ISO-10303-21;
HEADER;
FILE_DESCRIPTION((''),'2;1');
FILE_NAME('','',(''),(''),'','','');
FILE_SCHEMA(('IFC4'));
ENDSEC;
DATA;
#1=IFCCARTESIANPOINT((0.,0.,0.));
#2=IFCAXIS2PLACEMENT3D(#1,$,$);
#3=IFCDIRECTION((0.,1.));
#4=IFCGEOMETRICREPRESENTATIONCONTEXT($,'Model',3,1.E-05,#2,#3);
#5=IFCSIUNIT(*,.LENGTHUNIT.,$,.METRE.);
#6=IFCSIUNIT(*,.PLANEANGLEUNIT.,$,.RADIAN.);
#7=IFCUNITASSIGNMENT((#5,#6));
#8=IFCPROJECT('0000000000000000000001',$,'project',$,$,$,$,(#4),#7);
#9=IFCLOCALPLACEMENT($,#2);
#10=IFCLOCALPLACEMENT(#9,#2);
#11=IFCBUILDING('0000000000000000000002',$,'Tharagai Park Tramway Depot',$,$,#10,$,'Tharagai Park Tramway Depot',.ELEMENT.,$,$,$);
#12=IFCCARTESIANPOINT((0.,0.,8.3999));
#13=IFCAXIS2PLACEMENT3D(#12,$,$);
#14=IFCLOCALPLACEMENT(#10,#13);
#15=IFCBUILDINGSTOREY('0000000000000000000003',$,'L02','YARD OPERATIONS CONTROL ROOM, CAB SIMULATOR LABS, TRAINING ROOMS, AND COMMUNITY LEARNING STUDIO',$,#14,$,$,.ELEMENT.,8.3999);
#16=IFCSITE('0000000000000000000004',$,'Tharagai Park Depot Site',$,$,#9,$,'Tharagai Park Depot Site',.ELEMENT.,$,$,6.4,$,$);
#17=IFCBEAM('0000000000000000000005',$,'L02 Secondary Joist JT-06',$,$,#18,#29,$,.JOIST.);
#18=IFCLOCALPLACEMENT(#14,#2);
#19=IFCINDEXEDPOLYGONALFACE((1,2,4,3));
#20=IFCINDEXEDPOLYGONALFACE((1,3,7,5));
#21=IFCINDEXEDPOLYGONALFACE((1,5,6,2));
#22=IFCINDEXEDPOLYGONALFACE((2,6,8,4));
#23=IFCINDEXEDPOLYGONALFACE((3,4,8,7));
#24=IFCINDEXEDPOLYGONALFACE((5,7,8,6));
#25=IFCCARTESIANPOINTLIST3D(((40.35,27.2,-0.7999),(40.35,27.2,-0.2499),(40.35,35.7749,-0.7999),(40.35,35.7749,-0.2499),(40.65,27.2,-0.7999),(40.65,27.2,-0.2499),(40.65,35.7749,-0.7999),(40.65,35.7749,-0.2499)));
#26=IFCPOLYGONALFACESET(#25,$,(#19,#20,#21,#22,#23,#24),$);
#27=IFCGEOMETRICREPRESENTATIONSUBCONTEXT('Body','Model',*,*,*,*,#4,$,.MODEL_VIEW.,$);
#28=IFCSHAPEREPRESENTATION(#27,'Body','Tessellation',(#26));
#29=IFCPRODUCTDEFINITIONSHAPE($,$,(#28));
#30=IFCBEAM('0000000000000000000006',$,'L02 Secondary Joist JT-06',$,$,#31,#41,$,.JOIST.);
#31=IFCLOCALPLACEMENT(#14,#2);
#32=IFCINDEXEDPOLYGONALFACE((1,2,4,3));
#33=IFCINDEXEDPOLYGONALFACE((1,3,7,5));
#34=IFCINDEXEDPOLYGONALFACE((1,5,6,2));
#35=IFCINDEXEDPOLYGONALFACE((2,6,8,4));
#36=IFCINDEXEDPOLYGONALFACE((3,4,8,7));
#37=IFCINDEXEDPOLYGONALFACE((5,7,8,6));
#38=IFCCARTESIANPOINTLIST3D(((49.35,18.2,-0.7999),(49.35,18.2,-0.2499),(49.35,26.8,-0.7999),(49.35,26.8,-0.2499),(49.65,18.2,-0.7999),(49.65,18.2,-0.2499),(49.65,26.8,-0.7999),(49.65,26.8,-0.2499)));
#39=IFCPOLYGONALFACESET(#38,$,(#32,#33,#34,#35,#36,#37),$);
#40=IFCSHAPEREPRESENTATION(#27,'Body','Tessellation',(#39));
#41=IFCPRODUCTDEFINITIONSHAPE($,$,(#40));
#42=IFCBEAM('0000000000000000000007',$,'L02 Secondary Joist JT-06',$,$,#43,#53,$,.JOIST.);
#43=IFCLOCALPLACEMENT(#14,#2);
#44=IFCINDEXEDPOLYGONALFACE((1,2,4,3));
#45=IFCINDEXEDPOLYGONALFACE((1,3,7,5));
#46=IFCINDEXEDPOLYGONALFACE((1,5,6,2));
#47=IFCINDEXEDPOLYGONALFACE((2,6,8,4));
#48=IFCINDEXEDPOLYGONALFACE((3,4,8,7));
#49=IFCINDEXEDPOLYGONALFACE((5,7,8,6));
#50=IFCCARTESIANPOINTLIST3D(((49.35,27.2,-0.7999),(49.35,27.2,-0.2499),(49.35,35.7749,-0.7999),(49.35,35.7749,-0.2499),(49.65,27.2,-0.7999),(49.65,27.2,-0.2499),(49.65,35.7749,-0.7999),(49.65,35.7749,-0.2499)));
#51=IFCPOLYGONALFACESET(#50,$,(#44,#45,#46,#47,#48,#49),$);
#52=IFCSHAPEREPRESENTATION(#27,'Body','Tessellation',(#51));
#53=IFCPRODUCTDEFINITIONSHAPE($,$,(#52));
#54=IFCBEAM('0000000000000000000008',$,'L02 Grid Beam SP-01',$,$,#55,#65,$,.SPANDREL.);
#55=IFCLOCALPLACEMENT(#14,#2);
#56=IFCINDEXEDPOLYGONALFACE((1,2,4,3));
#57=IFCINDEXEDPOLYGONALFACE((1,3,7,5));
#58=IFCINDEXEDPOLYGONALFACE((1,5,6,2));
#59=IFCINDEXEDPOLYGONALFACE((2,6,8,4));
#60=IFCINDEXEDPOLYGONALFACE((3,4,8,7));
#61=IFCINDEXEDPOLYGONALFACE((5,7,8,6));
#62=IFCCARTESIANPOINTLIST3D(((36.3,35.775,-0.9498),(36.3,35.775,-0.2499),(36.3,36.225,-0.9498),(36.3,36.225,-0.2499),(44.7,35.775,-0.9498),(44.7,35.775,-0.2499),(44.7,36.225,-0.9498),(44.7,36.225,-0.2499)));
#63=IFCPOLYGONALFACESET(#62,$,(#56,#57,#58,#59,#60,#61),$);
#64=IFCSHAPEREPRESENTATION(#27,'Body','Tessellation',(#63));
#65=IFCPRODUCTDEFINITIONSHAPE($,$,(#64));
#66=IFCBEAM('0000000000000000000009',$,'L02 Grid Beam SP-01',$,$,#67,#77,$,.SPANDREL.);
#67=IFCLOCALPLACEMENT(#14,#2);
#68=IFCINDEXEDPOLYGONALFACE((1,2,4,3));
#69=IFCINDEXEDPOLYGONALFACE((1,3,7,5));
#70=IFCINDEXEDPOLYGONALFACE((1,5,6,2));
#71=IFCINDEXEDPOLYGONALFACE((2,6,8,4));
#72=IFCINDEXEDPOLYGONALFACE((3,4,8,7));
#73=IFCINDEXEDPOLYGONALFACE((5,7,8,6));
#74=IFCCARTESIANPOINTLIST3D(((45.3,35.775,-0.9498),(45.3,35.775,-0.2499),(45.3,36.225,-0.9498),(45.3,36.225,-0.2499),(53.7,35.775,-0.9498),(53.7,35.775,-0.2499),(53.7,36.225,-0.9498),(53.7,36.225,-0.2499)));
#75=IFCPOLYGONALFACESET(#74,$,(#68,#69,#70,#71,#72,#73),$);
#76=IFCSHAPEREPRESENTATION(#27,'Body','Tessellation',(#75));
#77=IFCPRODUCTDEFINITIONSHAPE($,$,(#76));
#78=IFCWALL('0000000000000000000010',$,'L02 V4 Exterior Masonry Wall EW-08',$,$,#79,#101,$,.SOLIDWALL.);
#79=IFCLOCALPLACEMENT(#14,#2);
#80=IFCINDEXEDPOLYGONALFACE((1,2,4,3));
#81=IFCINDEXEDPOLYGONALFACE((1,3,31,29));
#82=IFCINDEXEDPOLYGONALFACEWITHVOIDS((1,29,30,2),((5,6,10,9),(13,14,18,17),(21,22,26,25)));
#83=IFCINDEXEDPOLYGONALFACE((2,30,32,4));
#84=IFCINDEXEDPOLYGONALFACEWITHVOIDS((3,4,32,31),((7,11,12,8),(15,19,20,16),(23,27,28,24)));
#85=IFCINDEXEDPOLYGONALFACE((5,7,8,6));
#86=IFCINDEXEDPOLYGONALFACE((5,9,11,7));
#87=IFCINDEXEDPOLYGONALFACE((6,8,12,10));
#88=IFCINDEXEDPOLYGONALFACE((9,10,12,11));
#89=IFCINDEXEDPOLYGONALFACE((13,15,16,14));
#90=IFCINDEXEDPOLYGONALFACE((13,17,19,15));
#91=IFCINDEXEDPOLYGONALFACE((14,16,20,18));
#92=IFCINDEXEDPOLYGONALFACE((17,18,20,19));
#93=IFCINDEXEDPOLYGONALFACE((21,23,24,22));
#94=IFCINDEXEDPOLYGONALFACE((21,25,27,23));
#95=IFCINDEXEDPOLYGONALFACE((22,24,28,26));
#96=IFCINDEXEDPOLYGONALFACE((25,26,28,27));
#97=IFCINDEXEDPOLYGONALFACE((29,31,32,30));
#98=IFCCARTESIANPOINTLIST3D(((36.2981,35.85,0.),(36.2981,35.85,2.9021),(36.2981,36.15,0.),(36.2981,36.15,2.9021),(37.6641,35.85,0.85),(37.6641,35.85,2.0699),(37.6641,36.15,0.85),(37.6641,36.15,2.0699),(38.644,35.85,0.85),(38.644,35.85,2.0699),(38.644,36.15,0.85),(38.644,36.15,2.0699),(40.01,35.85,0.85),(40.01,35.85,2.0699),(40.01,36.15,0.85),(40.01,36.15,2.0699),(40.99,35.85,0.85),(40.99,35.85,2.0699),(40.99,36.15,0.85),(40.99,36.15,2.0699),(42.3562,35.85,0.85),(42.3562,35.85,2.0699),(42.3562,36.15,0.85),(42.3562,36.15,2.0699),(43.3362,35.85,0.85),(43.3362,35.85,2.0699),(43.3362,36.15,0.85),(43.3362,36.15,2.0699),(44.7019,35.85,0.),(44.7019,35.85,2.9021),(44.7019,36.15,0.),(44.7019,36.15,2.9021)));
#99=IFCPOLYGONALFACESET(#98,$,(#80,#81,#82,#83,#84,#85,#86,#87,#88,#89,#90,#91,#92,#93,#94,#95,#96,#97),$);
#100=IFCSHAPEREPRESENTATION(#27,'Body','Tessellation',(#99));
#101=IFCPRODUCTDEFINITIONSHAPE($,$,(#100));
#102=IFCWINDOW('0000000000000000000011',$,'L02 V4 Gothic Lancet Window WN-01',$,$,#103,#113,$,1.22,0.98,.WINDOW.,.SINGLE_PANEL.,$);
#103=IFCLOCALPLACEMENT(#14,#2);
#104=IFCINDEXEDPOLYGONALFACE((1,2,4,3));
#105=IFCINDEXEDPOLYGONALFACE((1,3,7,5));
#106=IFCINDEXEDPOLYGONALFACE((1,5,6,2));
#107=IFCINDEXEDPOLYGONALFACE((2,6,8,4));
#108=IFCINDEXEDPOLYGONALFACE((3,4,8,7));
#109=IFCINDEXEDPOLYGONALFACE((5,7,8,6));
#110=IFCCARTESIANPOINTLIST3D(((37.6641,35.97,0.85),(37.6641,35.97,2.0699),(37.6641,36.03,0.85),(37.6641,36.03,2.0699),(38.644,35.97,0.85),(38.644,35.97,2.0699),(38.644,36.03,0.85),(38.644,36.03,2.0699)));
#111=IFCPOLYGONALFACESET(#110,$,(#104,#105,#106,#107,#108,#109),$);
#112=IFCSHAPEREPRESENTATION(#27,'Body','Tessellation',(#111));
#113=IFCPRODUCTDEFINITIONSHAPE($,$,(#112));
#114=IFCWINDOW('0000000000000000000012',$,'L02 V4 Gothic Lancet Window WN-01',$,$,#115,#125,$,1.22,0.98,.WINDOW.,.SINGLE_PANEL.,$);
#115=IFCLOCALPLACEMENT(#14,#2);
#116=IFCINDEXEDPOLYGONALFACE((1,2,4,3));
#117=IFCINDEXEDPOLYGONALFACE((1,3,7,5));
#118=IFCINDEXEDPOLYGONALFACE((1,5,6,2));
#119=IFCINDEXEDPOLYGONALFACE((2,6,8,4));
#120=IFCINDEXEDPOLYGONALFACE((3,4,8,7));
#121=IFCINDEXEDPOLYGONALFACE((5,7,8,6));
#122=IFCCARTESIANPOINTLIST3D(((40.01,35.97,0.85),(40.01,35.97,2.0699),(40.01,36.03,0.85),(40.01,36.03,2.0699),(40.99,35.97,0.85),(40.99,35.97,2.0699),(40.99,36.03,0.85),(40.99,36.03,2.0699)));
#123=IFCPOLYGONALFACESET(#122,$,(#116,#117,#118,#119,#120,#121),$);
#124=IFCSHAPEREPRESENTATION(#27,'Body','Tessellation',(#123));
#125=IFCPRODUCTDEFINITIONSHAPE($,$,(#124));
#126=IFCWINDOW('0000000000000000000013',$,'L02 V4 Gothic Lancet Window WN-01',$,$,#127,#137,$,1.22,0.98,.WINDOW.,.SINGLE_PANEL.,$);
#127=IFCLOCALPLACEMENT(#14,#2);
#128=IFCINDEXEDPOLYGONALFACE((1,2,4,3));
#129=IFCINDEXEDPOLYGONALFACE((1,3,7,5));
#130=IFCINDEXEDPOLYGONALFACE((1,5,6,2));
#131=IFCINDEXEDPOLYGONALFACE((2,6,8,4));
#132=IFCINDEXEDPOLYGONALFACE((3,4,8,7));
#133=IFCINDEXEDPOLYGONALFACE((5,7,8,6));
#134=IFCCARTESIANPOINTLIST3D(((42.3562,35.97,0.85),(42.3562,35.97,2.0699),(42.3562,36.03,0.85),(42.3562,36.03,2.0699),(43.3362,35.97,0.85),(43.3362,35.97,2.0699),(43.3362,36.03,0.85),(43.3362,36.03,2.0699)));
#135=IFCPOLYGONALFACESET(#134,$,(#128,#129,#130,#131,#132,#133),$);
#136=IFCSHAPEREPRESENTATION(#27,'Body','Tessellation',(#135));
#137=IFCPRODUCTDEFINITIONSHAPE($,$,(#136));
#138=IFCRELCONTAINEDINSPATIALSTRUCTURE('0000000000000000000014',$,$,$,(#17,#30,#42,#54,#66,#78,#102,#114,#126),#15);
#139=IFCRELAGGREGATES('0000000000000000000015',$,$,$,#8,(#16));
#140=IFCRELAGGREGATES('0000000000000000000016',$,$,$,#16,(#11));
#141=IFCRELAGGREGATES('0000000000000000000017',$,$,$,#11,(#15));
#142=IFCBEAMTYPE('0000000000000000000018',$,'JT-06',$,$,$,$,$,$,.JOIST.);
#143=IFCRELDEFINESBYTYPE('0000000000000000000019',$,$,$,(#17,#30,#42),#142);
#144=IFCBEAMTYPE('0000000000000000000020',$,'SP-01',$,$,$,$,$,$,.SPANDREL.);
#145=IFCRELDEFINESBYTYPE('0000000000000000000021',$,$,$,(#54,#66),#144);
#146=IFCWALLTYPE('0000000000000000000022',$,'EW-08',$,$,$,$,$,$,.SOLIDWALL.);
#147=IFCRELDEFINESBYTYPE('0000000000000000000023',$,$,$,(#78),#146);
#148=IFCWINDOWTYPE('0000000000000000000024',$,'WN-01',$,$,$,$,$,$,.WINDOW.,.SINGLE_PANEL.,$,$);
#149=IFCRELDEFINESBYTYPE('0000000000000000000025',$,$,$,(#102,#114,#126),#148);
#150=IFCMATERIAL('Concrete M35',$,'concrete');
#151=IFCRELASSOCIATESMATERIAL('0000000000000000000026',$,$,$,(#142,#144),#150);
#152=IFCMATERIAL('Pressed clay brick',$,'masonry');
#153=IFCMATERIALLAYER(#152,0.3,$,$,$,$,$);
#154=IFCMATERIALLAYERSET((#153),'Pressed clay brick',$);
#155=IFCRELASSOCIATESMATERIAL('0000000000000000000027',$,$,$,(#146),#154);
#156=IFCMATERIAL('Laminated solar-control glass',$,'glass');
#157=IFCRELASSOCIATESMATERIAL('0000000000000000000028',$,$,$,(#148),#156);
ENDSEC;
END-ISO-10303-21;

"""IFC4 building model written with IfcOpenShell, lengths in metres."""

from ifc_helpers import new_model, si_unit, direction, frame, frame_2d, origin, origin_2d, place, context, subcontext, project, spatial, rectangle, extrude, material, layer, layer_set, material_profile, profile_set, type_object, element, fill, save


model = new_model("IFC4")

# Units and contexts
model_context = context("Model", 3, precision=1e-05, world=origin(), true_north=direction((0.0, 1.0)))
body_context = subcontext(model_context, "Body", "Model", "MODEL_VIEW")
ifc_project = project(units=[si_unit("LENGTHUNIT", "METRE"), si_unit("PLANEANGLEUNIT", "RADIAN")], contexts=[model_context])

# Site, building, storey
site_placement = place(None, origin())
site = spatial("IfcSite", under=ifc_project, at=site_placement, Name="Tharagai Park Depot Site", LongName="Tharagai Park Depot Site", CompositionType="ELEMENT", RefElevation=6.4)
building_placement = place(site_placement, origin())
building = spatial("IfcBuilding", under=site, at=building_placement, Name="Tharagai Park Tramway Depot", LongName="Tharagai Park Tramway Depot", CompositionType="ELEMENT")
storey_placement = place(building_placement, frame((0.0, 0.0, 8.3999)))
storey = spatial("IfcBuildingStorey", under=building, at=storey_placement, Name="L02", Description="YARD OPERATIONS CONTROL ROOM, CAB SIMULATOR LABS, TRAINING ROOMS, AND COMMUNITY LEARNING STUDIO", CompositionType="ELEMENT", Elevation=8.3999)

# Beams
ifc_material_1 = material(Name="Concrete M35", Category="concrete")
ifc_material_profile_1 = material_profile(ifc_material_1, rectangle(XDim=0.3, YDim=0.55, at=origin_2d()), Name="RC 300x550")
ifc_profile_set_1 = profile_set([ifc_material_profile_1], Name="Concrete M35")
beam_type_1 = type_object("IfcBeamType", Name="JT-06", PredefinedType="JOIST", material=ifc_profile_set_1)
beam_1_placement = place(storey_placement, frame((40.5, 27.2, -0.5249), z_axis=(0.0, 1.0, 0.0), x_axis=(-1.0, 0.0, 0.0)))
element("IfcBeam", 1, at=beam_1_placement, inside=storey, type_object=beam_type_1, Name="L02 Secondary Joist JT-06", PredefinedType="JOIST", context=body_context, shape_type="SweptSolid", body=[
    extrude(rectangle(XDim=0.3, YDim=0.55, at=origin_2d()), origin(), (0.0, 0.0, 1.0), 8.575),
])
beam_2_placement = place(storey_placement, frame((49.5, 18.2, -0.5249), z_axis=(0.0, 1.0, 0.0), x_axis=(-1.0, 0.0, 0.0)))
element("IfcBeam", 2, at=beam_2_placement, inside=storey, type_object=beam_type_1, Name="L02 Secondary Joist JT-06", PredefinedType="JOIST", context=body_context, shape_type="SweptSolid", body=[
    extrude(rectangle(XDim=0.3, YDim=0.55, at=origin_2d()), origin(), (0.0, 0.0, 1.0), 8.6001),
])
beam_3_placement = place(storey_placement, frame((49.5, 27.2, -0.5249), z_axis=(0.0, 1.0, 0.0), x_axis=(-1.0, 0.0, 0.0)))
element("IfcBeam", 3, at=beam_3_placement, inside=storey, type_object=beam_type_1, Name="L02 Secondary Joist JT-06", PredefinedType="JOIST", context=body_context, shape_type="SweptSolid", body=[
    extrude(rectangle(XDim=0.3, YDim=0.55, at=origin_2d()), origin(), (0.0, 0.0, 1.0), 8.575),
])
ifc_material_profile_2 = material_profile(ifc_material_1, rectangle(XDim=0.45, YDim=0.7, at=origin_2d()), Name="RC 450x700")
ifc_profile_set_2 = profile_set([ifc_material_profile_2], Name="Concrete M35")
beam_type_2 = type_object("IfcBeamType", Name="SP-01", PredefinedType="SPANDREL", material=ifc_profile_set_2)
for number, where, z_axis, x_axis, name in (
    (4, (36.3, 36.0, -0.5999), (1.0, 0.0, 0.0), (0.0, 1.0, 0.0), "L02 Grid Beam SP-01"),
    (5, (45.3, 36.0, -0.5999), (1.0, 0.0, 0.0), (0.0, 1.0, 0.0), "L02 Grid Beam SP-01"),
):
    element("IfcBeam", number, at=place(storey_placement, frame(where, z_axis=z_axis, x_axis=x_axis)), inside=storey, type_object=beam_type_2, Name=name, PredefinedType="SPANDREL", context=body_context, shape_type="SweptSolid", body=[
        extrude(rectangle(XDim=0.45, YDim=0.7, at=origin_2d()), origin(), (0.0, 0.0, 1.0), 8.3999),
    ])

# Wall, openings, windows
ifc_material_2 = material(Name="Pressed clay brick", Category="masonry")
ifc_layer_1 = layer(ifc_material_2, 0.3)
ifc_layer_set_1 = layer_set([ifc_layer_1], Name="Pressed clay brick")
wall_type_1 = type_object("IfcWallType", Name="EW-08", PredefinedType="SOLIDWALL", material=ifc_layer_set_1)
wall_1_placement = place(storey_placement, frame((36.2981, 36.0, 0.0), z_axis=(0.0, 0.0, 1.0), x_axis=(1.0, 0.0, 0.0)))
wall_1 = element("IfcWall", 6, at=wall_1_placement, inside=storey, type_object=wall_type_1, Name="L02 V4 Exterior Masonry Wall EW-08", PredefinedType="SOLIDWALL", context=body_context, shape_type="SweptSolid", body=[
    extrude(rectangle(XDim=8.4038, YDim=0.3, at=frame_2d((4.2019, 0.0))), origin(), (0.0, 0.0, 1.0), 2.9021),
])
opening_1_placement = place(wall_1_placement, frame((1.366, 0.0, 0.8501)))
opening_1 = element("IfcOpeningElement", 7, at=opening_1_placement, cuts=wall_1, PredefinedType="OPENING", context=body_context, shape_type="SweptSolid", body=[
    extrude(rectangle(XDim=0.98, YDim=1.22, at=frame_2d((0.49, 0.6099))), frame((0.0, 0.1599, 0.0), z_axis=(0.0, -1.0, 0.0), x_axis=(1.0, 0.0, 0.0)), (0.0, 0.0, 1.0), 0.3201),
])
opening_2_placement = place(wall_1_placement, frame((3.7119, 0.0, 0.8501)))
opening_2 = element("IfcOpeningElement", 8, at=opening_2_placement, cuts=wall_1, PredefinedType="OPENING", context=body_context, shape_type="SweptSolid", body=[
    extrude(rectangle(XDim=0.98, YDim=1.22, at=frame_2d((0.49, 0.6099))), frame((0.0, 0.1599, 0.0), z_axis=(0.0, -1.0, 0.0), x_axis=(1.0, 0.0, 0.0)), (0.0, 0.0, 1.0), 0.3201),
])
opening_3_placement = place(wall_1_placement, frame((6.0581, 0.0, 0.8501)))
opening_3 = element("IfcOpeningElement", 9, at=opening_3_placement, cuts=wall_1, PredefinedType="OPENING", context=body_context, shape_type="SweptSolid", body=[
    extrude(rectangle(XDim=0.98, YDim=1.22, at=frame_2d((0.49, 0.6099))), frame((0.0, 0.1599, 0.0), z_axis=(0.0, -1.0, 0.0), x_axis=(1.0, 0.0, 0.0)), (0.0, 0.0, 1.0), 0.3201),
])
ifc_material_3 = material(Name="Laminated solar-control glass", Category="glass")
window_type_1 = type_object("IfcWindowType", Name="WN-01", PartitioningType="SINGLE_PANEL", PredefinedType="WINDOW", material=ifc_material_3)
window_1_placement = place(opening_1_placement, origin())
window_1 = element("IfcWindow", 10, at=window_1_placement, inside=storey, type_object=window_type_1, Name="L02 V4 Gothic Lancet Window WN-01", OverallHeight=1.22, OverallWidth=0.98, PartitioningType="SINGLE_PANEL", PredefinedType="WINDOW", context=body_context, shape_type="SweptSolid", body=[
    extrude(rectangle(XDim=0.98, YDim=1.22, at=frame_2d((0.49, 0.6099))), frame((0.0, 0.03, 0.0), z_axis=(0.0, -1.0, 0.0), x_axis=(1.0, 0.0, 0.0)), (0.0, 0.0, 1.0), 0.0601),
])
fill(opening_1, window_1)
window_2_placement = place(opening_2_placement, origin())
window_2 = element("IfcWindow", 11, at=window_2_placement, inside=storey, type_object=window_type_1, Name="L02 V4 Gothic Lancet Window WN-01", OverallHeight=1.22, OverallWidth=0.98, PartitioningType="SINGLE_PANEL", PredefinedType="WINDOW", context=body_context, shape_type="SweptSolid", body=[
    extrude(rectangle(XDim=0.98, YDim=1.22, at=frame_2d((0.49, 0.6099))), frame((0.0, 0.03, 0.0), z_axis=(0.0, -1.0, 0.0), x_axis=(1.0, 0.0, 0.0)), (0.0, 0.0, 1.0), 0.0601),
])
fill(opening_2, window_2)
window_3_placement = place(opening_3_placement, origin())
window_3 = element("IfcWindow", 12, at=window_3_placement, inside=storey, type_object=window_type_1, Name="L02 V4 Gothic Lancet Window WN-01", OverallHeight=1.22, OverallWidth=0.98, PartitioningType="SINGLE_PANEL", PredefinedType="WINDOW", context=body_context, shape_type="SweptSolid", body=[
    extrude(rectangle(XDim=0.98, YDim=1.22, at=frame_2d((0.49, 0.6099))), frame((0.0, 0.03, 0.0), z_axis=(0.0, -1.0, 0.0), x_axis=(1.0, 0.0, 0.0)), (0.0, 0.0, 1.0), 0.0601),
])
fill(opening_3, window_3)

save(model, "model.ifc")
